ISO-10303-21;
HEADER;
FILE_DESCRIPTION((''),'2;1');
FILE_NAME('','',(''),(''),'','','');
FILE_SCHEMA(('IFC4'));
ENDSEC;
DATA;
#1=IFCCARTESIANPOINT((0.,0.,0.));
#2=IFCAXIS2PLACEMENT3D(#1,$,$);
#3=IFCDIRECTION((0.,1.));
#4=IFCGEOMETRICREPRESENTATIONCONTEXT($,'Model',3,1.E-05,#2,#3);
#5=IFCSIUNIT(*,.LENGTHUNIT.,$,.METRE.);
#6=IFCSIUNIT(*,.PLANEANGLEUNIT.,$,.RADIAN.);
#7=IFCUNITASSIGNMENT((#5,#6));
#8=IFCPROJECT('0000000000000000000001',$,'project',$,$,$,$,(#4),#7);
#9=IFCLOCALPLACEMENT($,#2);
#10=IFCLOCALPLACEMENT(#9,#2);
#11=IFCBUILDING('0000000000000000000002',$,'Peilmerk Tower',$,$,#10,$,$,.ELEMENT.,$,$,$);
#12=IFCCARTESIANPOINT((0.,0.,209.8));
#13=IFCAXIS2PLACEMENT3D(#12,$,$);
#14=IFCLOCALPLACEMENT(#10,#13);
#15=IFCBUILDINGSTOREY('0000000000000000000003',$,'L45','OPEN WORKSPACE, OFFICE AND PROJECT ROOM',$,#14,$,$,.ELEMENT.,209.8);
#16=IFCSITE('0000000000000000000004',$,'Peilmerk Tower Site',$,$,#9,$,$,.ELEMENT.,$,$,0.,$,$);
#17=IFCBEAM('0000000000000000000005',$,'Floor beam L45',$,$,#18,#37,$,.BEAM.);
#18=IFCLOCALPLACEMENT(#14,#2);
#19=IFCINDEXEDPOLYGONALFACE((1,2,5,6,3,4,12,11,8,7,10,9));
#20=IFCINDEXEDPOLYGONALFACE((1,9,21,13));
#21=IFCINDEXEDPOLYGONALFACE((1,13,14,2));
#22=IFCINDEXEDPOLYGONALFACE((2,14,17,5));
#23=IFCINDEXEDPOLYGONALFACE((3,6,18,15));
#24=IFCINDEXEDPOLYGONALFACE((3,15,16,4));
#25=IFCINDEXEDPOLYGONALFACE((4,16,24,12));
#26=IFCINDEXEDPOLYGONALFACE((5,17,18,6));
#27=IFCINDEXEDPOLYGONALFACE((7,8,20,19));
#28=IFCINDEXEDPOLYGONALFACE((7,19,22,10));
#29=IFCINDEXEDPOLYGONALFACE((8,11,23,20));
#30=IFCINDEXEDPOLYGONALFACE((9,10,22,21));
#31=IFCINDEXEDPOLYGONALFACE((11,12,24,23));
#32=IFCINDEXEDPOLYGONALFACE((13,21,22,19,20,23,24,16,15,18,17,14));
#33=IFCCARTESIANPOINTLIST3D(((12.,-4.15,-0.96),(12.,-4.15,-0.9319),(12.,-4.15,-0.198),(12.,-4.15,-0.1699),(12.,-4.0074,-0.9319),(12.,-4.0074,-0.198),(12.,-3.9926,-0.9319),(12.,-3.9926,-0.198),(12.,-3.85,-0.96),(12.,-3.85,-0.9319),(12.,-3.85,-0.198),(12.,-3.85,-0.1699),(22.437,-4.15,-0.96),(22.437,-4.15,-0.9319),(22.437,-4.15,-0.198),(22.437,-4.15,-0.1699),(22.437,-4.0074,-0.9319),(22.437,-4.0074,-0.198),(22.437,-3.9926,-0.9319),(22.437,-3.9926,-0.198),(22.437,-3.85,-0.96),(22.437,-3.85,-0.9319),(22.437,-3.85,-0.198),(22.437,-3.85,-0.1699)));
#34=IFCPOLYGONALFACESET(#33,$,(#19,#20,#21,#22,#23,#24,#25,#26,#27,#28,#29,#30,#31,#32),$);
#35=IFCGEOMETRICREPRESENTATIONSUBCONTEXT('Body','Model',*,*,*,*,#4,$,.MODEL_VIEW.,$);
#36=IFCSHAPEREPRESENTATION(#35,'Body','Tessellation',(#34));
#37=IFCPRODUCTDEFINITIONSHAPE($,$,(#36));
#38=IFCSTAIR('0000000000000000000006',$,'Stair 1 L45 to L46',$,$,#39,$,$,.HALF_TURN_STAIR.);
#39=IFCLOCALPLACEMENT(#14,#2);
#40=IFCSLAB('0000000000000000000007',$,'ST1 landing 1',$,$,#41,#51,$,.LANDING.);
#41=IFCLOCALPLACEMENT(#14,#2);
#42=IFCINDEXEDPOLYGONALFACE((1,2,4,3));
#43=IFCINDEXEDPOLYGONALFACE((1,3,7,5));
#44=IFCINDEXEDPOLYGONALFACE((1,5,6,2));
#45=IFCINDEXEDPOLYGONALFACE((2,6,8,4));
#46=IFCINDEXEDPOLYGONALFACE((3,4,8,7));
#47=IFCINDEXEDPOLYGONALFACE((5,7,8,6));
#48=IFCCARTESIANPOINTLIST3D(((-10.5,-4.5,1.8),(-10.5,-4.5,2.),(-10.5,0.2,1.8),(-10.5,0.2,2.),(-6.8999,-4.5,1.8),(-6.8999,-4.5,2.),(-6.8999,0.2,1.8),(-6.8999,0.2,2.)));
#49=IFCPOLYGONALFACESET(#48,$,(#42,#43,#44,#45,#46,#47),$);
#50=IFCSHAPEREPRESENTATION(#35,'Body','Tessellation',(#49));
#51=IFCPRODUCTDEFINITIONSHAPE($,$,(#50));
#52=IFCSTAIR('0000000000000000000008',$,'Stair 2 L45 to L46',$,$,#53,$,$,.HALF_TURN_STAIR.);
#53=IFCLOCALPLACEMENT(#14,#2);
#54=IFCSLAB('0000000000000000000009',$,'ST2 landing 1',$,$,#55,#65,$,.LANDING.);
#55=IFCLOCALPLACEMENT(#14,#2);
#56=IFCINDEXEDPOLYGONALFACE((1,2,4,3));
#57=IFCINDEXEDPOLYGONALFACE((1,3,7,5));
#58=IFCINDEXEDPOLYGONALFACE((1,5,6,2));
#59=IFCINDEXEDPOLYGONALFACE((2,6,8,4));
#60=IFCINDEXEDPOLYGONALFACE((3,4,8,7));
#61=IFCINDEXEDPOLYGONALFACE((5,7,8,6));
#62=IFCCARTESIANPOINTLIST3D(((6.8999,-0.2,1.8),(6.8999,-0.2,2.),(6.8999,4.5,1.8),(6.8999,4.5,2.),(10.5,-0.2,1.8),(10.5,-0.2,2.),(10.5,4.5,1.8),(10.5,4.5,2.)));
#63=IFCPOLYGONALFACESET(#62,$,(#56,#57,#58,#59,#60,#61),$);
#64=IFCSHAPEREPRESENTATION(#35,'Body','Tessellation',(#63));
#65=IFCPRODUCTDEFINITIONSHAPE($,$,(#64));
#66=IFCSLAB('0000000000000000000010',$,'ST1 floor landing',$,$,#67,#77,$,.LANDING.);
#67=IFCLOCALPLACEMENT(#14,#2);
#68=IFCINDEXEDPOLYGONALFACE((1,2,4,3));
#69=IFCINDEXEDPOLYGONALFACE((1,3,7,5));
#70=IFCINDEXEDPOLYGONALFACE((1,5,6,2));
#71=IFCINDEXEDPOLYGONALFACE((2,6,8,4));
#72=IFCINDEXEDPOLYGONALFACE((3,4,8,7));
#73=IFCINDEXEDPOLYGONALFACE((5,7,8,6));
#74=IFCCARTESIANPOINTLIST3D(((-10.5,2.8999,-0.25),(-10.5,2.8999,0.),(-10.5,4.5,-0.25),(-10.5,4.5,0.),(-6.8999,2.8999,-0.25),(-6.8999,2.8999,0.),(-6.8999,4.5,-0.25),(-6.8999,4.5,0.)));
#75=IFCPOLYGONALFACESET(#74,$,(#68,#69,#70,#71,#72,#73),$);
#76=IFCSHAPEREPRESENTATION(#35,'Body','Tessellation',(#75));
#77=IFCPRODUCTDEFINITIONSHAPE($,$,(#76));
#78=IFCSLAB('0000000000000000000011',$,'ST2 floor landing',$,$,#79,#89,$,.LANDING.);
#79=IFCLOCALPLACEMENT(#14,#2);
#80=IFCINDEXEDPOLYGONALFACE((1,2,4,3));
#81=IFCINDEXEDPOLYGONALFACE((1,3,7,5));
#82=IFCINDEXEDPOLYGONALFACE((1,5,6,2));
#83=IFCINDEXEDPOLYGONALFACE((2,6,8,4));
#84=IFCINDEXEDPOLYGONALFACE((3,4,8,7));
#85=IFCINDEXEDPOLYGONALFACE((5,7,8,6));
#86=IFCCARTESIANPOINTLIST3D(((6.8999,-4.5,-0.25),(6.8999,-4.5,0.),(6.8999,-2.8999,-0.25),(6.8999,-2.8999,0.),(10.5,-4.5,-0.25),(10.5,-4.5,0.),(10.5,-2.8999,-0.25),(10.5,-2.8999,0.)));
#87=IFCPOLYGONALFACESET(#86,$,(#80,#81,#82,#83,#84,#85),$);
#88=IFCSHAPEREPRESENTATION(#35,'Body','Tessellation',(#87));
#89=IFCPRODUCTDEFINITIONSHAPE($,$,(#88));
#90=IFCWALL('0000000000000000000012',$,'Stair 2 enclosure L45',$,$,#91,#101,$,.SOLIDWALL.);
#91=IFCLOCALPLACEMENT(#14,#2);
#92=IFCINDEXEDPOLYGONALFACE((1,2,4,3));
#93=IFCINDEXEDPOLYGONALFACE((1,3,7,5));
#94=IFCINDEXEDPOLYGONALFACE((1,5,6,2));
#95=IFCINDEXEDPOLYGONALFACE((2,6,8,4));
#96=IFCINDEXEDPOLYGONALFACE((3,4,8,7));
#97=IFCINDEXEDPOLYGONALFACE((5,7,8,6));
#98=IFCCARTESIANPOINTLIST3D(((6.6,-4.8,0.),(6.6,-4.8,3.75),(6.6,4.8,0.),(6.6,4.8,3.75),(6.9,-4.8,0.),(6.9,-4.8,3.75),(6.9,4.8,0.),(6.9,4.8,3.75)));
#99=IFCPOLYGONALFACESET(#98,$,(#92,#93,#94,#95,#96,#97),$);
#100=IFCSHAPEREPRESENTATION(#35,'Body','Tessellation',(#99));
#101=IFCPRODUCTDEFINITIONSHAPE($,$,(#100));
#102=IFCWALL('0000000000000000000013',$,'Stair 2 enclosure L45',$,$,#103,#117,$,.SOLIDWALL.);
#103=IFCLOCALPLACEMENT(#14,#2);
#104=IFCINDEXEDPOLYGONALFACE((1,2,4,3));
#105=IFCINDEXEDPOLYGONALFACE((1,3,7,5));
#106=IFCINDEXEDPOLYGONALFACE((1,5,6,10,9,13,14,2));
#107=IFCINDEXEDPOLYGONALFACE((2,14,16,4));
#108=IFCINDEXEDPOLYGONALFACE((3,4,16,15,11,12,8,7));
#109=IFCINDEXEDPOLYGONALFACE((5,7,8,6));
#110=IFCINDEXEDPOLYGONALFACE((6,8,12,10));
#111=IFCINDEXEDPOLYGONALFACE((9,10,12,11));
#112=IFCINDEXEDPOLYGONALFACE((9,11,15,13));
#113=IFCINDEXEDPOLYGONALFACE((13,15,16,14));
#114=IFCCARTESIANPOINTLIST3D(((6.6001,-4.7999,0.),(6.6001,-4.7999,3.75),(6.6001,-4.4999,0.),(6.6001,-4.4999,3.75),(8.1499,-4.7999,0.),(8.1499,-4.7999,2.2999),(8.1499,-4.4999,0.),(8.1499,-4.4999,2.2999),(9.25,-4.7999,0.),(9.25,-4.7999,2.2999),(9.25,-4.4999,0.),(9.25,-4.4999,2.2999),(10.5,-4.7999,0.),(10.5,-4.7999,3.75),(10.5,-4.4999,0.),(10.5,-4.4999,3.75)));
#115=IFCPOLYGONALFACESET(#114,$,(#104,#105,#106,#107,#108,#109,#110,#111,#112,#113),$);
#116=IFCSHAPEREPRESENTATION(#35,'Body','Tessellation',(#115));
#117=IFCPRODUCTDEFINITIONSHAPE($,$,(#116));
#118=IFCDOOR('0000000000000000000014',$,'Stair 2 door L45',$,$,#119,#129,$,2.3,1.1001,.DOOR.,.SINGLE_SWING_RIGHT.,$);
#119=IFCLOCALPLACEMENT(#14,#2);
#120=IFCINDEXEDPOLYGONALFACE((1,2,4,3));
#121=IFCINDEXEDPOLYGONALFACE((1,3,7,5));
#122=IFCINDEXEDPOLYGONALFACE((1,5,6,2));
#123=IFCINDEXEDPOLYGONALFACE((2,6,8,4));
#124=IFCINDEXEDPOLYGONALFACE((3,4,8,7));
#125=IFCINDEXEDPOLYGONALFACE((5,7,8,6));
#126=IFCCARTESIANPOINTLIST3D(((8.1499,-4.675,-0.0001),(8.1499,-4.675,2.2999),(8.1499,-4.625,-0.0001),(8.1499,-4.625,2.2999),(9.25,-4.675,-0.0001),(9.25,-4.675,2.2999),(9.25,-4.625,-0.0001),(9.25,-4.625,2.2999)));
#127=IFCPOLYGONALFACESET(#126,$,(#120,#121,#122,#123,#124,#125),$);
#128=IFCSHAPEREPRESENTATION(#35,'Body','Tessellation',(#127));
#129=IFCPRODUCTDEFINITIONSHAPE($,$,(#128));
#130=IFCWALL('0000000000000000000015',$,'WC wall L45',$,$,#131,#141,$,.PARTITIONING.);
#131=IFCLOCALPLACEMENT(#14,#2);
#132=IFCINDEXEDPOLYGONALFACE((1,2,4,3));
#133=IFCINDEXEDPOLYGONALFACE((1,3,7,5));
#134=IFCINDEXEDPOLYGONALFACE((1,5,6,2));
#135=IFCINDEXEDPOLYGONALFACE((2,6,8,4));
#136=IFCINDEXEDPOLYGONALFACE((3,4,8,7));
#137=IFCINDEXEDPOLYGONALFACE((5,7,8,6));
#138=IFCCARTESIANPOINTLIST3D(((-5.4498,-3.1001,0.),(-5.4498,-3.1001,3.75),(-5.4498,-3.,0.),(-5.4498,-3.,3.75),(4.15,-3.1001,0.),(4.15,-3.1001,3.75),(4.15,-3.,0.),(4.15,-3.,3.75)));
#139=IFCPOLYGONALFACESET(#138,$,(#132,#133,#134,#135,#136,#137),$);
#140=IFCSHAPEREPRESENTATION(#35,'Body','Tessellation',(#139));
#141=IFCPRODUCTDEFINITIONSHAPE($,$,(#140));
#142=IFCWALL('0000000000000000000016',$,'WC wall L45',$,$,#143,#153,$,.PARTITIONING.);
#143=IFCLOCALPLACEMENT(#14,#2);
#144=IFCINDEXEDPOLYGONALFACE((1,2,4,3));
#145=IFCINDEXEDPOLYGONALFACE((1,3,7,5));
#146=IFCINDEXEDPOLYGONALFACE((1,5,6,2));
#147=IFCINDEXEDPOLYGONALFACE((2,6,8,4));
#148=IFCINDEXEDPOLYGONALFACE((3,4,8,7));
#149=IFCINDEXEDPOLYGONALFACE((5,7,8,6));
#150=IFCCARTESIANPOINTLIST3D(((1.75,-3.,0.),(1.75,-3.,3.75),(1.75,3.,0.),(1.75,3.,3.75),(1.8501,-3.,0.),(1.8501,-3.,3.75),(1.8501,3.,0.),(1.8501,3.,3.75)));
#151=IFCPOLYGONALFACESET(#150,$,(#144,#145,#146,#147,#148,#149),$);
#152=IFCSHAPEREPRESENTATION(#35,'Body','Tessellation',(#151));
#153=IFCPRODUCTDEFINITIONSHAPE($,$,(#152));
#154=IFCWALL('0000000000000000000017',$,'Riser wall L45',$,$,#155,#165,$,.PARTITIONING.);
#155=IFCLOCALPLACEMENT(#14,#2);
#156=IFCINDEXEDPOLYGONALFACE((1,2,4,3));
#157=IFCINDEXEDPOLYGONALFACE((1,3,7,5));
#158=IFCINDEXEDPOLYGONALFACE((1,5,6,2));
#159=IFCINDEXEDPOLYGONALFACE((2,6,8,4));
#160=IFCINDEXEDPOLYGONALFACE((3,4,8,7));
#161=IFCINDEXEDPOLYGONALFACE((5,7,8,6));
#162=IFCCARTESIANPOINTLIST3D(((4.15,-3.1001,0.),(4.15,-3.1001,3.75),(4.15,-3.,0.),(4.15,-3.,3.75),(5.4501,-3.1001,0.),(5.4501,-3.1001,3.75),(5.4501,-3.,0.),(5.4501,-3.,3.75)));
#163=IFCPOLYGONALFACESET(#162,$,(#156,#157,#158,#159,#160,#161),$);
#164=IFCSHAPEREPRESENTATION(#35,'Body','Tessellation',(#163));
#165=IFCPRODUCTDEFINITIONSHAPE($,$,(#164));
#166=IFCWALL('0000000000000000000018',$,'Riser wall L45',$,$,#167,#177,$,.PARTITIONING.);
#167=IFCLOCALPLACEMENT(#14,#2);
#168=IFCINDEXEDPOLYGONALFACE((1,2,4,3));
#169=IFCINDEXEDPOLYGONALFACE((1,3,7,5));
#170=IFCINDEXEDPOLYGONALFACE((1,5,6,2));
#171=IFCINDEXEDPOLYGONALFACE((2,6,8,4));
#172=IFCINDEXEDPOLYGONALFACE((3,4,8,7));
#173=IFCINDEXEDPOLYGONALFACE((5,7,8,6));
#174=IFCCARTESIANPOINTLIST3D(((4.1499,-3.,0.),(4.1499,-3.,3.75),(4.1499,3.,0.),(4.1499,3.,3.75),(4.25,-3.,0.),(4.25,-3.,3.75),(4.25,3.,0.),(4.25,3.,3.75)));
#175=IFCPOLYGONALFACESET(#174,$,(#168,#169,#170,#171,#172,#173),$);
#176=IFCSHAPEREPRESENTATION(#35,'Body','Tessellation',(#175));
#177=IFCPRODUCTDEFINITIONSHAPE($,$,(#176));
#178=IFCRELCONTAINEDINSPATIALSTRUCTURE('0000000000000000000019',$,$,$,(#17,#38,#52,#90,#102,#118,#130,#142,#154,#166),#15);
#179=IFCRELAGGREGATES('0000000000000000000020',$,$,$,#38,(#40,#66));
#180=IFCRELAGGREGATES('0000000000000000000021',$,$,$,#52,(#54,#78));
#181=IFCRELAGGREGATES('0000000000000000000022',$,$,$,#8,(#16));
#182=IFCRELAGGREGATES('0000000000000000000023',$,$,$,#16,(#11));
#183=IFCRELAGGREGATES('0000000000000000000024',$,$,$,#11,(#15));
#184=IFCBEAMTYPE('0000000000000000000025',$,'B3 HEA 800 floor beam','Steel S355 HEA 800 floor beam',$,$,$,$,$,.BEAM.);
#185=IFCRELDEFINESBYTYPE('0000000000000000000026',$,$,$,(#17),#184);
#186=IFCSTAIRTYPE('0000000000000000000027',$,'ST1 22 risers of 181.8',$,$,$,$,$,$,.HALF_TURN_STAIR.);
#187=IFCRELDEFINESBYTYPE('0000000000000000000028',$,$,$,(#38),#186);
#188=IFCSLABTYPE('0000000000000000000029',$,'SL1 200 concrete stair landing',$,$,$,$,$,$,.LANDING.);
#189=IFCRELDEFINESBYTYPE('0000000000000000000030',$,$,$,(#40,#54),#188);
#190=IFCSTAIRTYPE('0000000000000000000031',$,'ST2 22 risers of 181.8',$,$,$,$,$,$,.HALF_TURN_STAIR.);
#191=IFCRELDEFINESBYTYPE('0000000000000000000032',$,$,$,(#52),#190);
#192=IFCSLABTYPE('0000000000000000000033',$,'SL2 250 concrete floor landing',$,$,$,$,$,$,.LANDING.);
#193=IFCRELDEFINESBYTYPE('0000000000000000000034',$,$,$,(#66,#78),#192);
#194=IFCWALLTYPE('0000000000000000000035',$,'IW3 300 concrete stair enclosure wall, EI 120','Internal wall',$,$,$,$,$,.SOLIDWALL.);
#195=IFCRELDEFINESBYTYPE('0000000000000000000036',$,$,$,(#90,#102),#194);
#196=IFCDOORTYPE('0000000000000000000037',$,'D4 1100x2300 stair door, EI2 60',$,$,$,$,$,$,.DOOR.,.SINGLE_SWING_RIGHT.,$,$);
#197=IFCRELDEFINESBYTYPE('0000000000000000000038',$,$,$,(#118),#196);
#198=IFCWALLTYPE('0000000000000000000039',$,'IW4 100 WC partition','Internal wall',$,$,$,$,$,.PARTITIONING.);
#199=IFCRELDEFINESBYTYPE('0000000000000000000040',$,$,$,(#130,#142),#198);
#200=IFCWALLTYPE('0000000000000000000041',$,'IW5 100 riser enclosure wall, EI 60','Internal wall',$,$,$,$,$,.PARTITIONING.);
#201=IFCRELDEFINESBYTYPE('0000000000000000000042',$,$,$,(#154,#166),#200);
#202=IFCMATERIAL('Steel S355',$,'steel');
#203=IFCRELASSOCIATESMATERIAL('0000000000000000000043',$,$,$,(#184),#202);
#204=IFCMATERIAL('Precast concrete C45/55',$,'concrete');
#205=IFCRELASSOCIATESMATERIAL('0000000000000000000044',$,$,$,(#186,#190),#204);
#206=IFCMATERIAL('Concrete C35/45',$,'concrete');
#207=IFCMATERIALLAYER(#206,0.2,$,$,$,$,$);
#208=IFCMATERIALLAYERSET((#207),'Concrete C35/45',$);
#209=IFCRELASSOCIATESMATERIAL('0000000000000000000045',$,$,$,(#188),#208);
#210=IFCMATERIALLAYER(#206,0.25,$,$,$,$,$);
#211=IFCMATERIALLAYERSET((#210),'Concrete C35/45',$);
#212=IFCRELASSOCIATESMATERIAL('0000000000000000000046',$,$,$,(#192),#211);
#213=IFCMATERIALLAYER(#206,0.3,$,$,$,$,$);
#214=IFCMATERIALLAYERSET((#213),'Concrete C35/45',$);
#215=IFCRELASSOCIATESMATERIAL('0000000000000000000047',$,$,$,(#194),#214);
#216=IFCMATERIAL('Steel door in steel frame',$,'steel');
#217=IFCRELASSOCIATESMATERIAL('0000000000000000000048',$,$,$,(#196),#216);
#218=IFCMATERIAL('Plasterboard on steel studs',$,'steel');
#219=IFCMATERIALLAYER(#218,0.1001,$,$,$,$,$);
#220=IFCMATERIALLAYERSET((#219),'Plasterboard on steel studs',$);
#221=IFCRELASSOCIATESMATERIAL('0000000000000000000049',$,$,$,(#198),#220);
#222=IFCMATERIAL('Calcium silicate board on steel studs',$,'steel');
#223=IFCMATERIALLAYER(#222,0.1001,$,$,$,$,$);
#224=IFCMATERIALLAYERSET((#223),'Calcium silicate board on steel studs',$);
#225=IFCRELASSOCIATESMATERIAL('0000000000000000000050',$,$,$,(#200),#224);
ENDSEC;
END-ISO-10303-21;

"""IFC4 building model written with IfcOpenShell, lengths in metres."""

from ifc_helpers import new_model, si_unit, direction, frame, frame_2d, origin, origin_2d, place, context, subcontext, project, spatial, polyline, rectangle, i_section, outline, extrude, material, layer, layer_set, material_profile, profile_set, type_object, element, fill, aggregate, save


model = new_model("IFC4")

# Units and contexts
model_context = context("Model", 3, precision=1e-05, world=origin(), true_north=direction((0.0, 1.0)))
body_context = subcontext(model_context, "Body", "Model", "MODEL_VIEW")
ifc_project = project(units=[si_unit("LENGTHUNIT", "METRE"), si_unit("PLANEANGLEUNIT", "RADIAN")], contexts=[model_context])

# Site, building, storey
site_placement = place(None, origin())
site = spatial("IfcSite", under=ifc_project, at=site_placement, Name="Peilmerk Tower Site", CompositionType="ELEMENT", RefElevation=0.0)
building_placement = place(site_placement, origin())
building = spatial("IfcBuilding", under=site, at=building_placement, Name="Peilmerk Tower", CompositionType="ELEMENT")
storey_placement = place(building_placement, frame((0.0, 0.0, 209.8)))
storey = spatial("IfcBuildingStorey", under=building, at=storey_placement, Name="L45", Description="OPEN WORKSPACE, OFFICE AND PROJECT ROOM", CompositionType="ELEMENT", Elevation=209.8)

# Beam
ifc_material_1 = material(Name="Steel S355", Category="steel")
ifc_material_profile = material_profile(ifc_material_1, i_section(OverallWidth=0.3, OverallDepth=0.79, WebThickness=0.0149, FlangeThickness=0.0281, at=origin_2d()), Name="HEA 800")
ifc_profile_set = profile_set([ifc_material_profile], Name="Steel S355")
beam_type = type_object("IfcBeamType", Name="B3 HEA 800 floor beam", Description="Steel S355 HEA 800 floor beam", PredefinedType="BEAM", material=ifc_profile_set)
beam_placement = place(storey_placement, frame((12.0, -4.0, -0.5649), z_axis=(1.0, 0.0, 0.0), x_axis=(0.0, 1.0, 0.0)))
element("IfcBeam", 1, at=beam_placement, inside=storey, type_object=beam_type, Name="Floor beam L45", PredefinedType="BEAM", context=body_context, shape_type="SweptSolid", body=[
    extrude(i_section(OverallWidth=0.3, OverallDepth=0.79, WebThickness=0.0149, FlangeThickness=0.0281, at=origin_2d()), origin(), (0.0, 0.0, 1.0), 10.437),
])

# Stairs, slabs
ifc_material_2 = material(Name="Precast concrete C45/55", Category="concrete")
stair_type_1 = type_object("IfcStairType", Name="ST1 22 risers of 181.8", PredefinedType="HALF_TURN_STAIR", material=ifc_material_2)
stair_1_placement = place(storey_placement, origin())
stair_1 = element("IfcStair", 2, at=stair_1_placement, inside=storey, type_object=stair_type_1, Name="Stair 1 L45 to L46", PredefinedType="HALF_TURN_STAIR")
ifc_material_3 = material(Name="Concrete C35/45", Category="concrete")
ifc_layer_1 = layer(ifc_material_3, 0.2)
ifc_layer_set_1 = layer_set([ifc_layer_1], Name="Concrete C35/45")
slab_type_1 = type_object("IfcSlabType", Name="SL1 200 concrete stair landing", PredefinedType="LANDING", material=ifc_layer_set_1)
slab_1_placement = place(storey_placement, frame((0.0, 0.0, 1.8)))
slab_1 = element("IfcSlab", 3, at=slab_1_placement, type_object=slab_type_1, Name="ST1 landing 1", PredefinedType="LANDING", context=body_context, shape_type="SweptSolid", body=[
    extrude(outline(polyline([(-10.5, -4.5), (-6.8999, -4.5), (-6.8999, 0.2), (-10.5, 0.2), (-10.5, -4.5)])), origin(), (0.0, 0.0, 1.0), 0.2),
])
stair_type_2 = type_object("IfcStairType", Name="ST2 22 risers of 181.8", PredefinedType="HALF_TURN_STAIR", material=ifc_material_2)
stair_2_placement = place(storey_placement, origin())
stair_2 = element("IfcStair", 4, at=stair_2_placement, inside=storey, type_object=stair_type_2, Name="Stair 2 L45 to L46", PredefinedType="HALF_TURN_STAIR")
slab_2_placement = place(storey_placement, frame((0.0, 0.0, 1.8)))
slab_2 = element("IfcSlab", 5, at=slab_2_placement, type_object=slab_type_1, Name="ST2 landing 1", PredefinedType="LANDING", context=body_context, shape_type="SweptSolid", body=[
    extrude(outline(polyline([(6.8999, -0.2), (10.5, -0.2), (10.5, 4.5), (6.8999, 4.5), (6.8999, -0.2)])), origin(), (0.0, 0.0, 1.0), 0.2),
])

# Slabs
ifc_layer_2 = layer(ifc_material_3, 0.25)
ifc_layer_set_2 = layer_set([ifc_layer_2], Name="Concrete C35/45")
slab_type_2 = type_object("IfcSlabType", Name="SL2 250 concrete floor landing", PredefinedType="LANDING", material=ifc_layer_set_2)
slab_3_placement = place(storey_placement, frame((0.0, 0.0, -0.25)))
slab_3 = element("IfcSlab", 6, at=slab_3_placement, type_object=slab_type_2, Name="ST1 floor landing", PredefinedType="LANDING", context=body_context, shape_type="SweptSolid", body=[
    extrude(outline(polyline([(-10.5, 2.8999), (-6.8999, 2.8999), (-6.8999, 4.5), (-10.5, 4.5), (-10.5, 2.8999)])), origin(), (0.0, 0.0, 1.0), 0.25),
])
aggregate(stair_1, [slab_1, slab_3])
slab_4_placement = place(storey_placement, frame((0.0, 0.0, -0.25)))
slab_4 = element("IfcSlab", 7, at=slab_4_placement, type_object=slab_type_2, Name="ST2 floor landing", PredefinedType="LANDING", context=body_context, shape_type="SweptSolid", body=[
    extrude(outline(polyline([(6.8999, -4.5), (10.5, -4.5), (10.5, -2.8999), (6.8999, -2.8999), (6.8999, -4.5)])), origin(), (0.0, 0.0, 1.0), 0.25),
])

# Wall
ifc_layer_3 = layer(ifc_material_3, 0.3)
ifc_layer_set_3 = layer_set([ifc_layer_3], Name="Concrete C35/45")
wall_type_1 = type_object("IfcWallType", Name="IW3 300 concrete stair enclosure wall, EI 120", Description="Internal wall", PredefinedType="SOLIDWALL", material=ifc_layer_set_3)
wall_1_placement = place(storey_placement, frame((6.75, -4.8, 0.0), z_axis=(0.0, 0.0, 1.0), x_axis=(0.0, 1.0, 0.0)))
element("IfcWall", 8, at=wall_1_placement, inside=storey, type_object=wall_type_1, Name="Stair 2 enclosure L45", PredefinedType="SOLIDWALL", context=body_context, shape_type="SweptSolid", body=[
    extrude(rectangle(XDim=9.6001, YDim=0.3, at=frame_2d((4.8, 0.0))), origin(), (0.0, 0.0, 1.0), 3.75),
])

# Wall, opening, door
wall_2_placement = place(storey_placement, frame((10.5, -4.6499, 0.0), z_axis=(0.0, 0.0, 1.0), x_axis=(-1.0, 0.0, 0.0)))
wall_2 = element("IfcWall", 9, at=wall_2_placement, inside=storey, type_object=wall_type_1, Name="Stair 2 enclosure L45", PredefinedType="SOLIDWALL", context=body_context, shape_type="SweptSolid", body=[
    extrude(rectangle(XDim=3.8999, YDim=0.3, at=frame_2d((1.95, 0.0))), origin(), (0.0, 0.0, 1.0), 3.75),
])
opening_1_placement = place(wall_2_placement, frame((1.25, 0.0, 0.0)))
opening_1 = element("IfcOpeningElement", 10, at=opening_1_placement, cuts=wall_2, PredefinedType="OPENING", context=body_context, shape_type="SweptSolid", body=[
    extrude(rectangle(XDim=1.1001, YDim=2.3, at=frame_2d((0.55, 1.1499))), frame((0.0, 0.1599, 0.0), z_axis=(0.0, -1.0, 0.0), x_axis=(1.0, 0.0, 0.0)), (0.0, 0.0, 1.0), 0.3201),
])
ifc_material_4 = material(Name="Steel door in steel frame", Category="steel")
door_type_1 = type_object("IfcDoorType", Name="D4 1100x2300 stair door, EI2 60", OperationType="SINGLE_SWING_RIGHT", PredefinedType="DOOR", material=ifc_material_4)
door_1_placement = place(opening_1_placement, frame((1.1001, 0.0, 0.0), z_axis=(0.0, 0.0, 1.0), x_axis=(-1.0, 0.0, 0.0)))
door_1 = element("IfcDoor", 11, at=door_1_placement, inside=storey, type_object=door_type_1, Name="Stair 2 door L45", OperationType="SINGLE_SWING_RIGHT", OverallHeight=2.3, OverallWidth=1.1001, PredefinedType="DOOR", context=body_context, shape_type="SweptSolid", body=[
    extrude(rectangle(XDim=1.1001, YDim=2.3, at=frame_2d((0.55, 1.1499))), frame((0.0, 0.0249, 0.0), z_axis=(0.0, -1.0, 0.0), x_axis=(1.0, 0.0, 0.0)), (0.0, 0.0, 1.0), 0.05),
])
fill(opening_1, door_1)

# Walls
ifc_material_5 = material(Name="Plasterboard on steel studs", Category="steel")
ifc_layer_4 = layer(ifc_material_5, 0.1001)
ifc_layer_set_4 = layer_set([ifc_layer_4], Name="Plasterboard on steel studs")
wall_type_2 = type_object("IfcWallType", Name="IW4 100 WC partition", Description="Internal wall", PredefinedType="PARTITIONING", material=ifc_layer_set_4)
wall_3_placement = place(storey_placement, frame((4.1499, -3.05, 0.0), z_axis=(0.0, 0.0, 1.0), x_axis=(-1.0, 0.0, 0.0)))
element("IfcWall", 12, at=wall_3_placement, inside=storey, type_object=wall_type_2, Name="WC wall L45", PredefinedType="PARTITIONING", context=body_context, shape_type="SweptSolid", body=[
    extrude(rectangle(XDim=9.5999, YDim=0.1001, at=frame_2d((4.7998, 0.0))), origin(), (0.0, 0.0, 1.0), 3.75),
])
wall_4_placement = place(storey_placement, frame((1.8, -3.0, 0.0), z_axis=(0.0, 0.0, 1.0), x_axis=(0.0, 1.0, 0.0)))
element("IfcWall", 13, at=wall_4_placement, inside=storey, type_object=wall_type_2, Name="WC wall L45", PredefinedType="PARTITIONING", context=body_context, shape_type="SweptSolid", body=[
    extrude(rectangle(XDim=6.0, YDim=0.1001, at=frame_2d((3.0, 0.0))), origin(), (0.0, 0.0, 1.0), 3.75),
])
ifc_material_6 = material(Name="Calcium silicate board on steel studs", Category="steel")
ifc_layer_5 = layer(ifc_material_6, 0.1001)
ifc_layer_set_5 = layer_set([ifc_layer_5], Name="Calcium silicate board on steel studs")
wall_type_3 = type_object("IfcWallType", Name="IW5 100 riser enclosure wall, EI 60", Description="Internal wall", PredefinedType="PARTITIONING", material=ifc_layer_set_5)
wall_5_placement = place(storey_placement, frame((5.45, -3.05, 0.0), z_axis=(0.0, 0.0, 1.0), x_axis=(-1.0, 0.0, 0.0)))
element("IfcWall", 14, at=wall_5_placement, inside=storey, type_object=wall_type_3, Name="Riser wall L45", PredefinedType="PARTITIONING", context=body_context, shape_type="SweptSolid", body=[
    extrude(rectangle(XDim=1.3, YDim=0.1001, at=frame_2d((0.6499, 0.0))), origin(), (0.0, 0.0, 1.0), 3.75),
])
wall_6_placement = place(storey_placement, frame((4.2, -3.0, 0.0), z_axis=(0.0, 0.0, 1.0), x_axis=(0.0, 1.0, 0.0)))
element("IfcWall", 15, at=wall_6_placement, inside=storey, type_object=wall_type_3, Name="Riser wall L45", PredefinedType="PARTITIONING", context=body_context, shape_type="SweptSolid", body=[
    extrude(rectangle(XDim=6.0, YDim=0.1001, at=frame_2d((3.0, 0.0))), origin(), (0.0, 0.0, 1.0), 3.75),
])

aggregate(stair_2, [slab_2, slab_4])

save(model, "model.ifc")
